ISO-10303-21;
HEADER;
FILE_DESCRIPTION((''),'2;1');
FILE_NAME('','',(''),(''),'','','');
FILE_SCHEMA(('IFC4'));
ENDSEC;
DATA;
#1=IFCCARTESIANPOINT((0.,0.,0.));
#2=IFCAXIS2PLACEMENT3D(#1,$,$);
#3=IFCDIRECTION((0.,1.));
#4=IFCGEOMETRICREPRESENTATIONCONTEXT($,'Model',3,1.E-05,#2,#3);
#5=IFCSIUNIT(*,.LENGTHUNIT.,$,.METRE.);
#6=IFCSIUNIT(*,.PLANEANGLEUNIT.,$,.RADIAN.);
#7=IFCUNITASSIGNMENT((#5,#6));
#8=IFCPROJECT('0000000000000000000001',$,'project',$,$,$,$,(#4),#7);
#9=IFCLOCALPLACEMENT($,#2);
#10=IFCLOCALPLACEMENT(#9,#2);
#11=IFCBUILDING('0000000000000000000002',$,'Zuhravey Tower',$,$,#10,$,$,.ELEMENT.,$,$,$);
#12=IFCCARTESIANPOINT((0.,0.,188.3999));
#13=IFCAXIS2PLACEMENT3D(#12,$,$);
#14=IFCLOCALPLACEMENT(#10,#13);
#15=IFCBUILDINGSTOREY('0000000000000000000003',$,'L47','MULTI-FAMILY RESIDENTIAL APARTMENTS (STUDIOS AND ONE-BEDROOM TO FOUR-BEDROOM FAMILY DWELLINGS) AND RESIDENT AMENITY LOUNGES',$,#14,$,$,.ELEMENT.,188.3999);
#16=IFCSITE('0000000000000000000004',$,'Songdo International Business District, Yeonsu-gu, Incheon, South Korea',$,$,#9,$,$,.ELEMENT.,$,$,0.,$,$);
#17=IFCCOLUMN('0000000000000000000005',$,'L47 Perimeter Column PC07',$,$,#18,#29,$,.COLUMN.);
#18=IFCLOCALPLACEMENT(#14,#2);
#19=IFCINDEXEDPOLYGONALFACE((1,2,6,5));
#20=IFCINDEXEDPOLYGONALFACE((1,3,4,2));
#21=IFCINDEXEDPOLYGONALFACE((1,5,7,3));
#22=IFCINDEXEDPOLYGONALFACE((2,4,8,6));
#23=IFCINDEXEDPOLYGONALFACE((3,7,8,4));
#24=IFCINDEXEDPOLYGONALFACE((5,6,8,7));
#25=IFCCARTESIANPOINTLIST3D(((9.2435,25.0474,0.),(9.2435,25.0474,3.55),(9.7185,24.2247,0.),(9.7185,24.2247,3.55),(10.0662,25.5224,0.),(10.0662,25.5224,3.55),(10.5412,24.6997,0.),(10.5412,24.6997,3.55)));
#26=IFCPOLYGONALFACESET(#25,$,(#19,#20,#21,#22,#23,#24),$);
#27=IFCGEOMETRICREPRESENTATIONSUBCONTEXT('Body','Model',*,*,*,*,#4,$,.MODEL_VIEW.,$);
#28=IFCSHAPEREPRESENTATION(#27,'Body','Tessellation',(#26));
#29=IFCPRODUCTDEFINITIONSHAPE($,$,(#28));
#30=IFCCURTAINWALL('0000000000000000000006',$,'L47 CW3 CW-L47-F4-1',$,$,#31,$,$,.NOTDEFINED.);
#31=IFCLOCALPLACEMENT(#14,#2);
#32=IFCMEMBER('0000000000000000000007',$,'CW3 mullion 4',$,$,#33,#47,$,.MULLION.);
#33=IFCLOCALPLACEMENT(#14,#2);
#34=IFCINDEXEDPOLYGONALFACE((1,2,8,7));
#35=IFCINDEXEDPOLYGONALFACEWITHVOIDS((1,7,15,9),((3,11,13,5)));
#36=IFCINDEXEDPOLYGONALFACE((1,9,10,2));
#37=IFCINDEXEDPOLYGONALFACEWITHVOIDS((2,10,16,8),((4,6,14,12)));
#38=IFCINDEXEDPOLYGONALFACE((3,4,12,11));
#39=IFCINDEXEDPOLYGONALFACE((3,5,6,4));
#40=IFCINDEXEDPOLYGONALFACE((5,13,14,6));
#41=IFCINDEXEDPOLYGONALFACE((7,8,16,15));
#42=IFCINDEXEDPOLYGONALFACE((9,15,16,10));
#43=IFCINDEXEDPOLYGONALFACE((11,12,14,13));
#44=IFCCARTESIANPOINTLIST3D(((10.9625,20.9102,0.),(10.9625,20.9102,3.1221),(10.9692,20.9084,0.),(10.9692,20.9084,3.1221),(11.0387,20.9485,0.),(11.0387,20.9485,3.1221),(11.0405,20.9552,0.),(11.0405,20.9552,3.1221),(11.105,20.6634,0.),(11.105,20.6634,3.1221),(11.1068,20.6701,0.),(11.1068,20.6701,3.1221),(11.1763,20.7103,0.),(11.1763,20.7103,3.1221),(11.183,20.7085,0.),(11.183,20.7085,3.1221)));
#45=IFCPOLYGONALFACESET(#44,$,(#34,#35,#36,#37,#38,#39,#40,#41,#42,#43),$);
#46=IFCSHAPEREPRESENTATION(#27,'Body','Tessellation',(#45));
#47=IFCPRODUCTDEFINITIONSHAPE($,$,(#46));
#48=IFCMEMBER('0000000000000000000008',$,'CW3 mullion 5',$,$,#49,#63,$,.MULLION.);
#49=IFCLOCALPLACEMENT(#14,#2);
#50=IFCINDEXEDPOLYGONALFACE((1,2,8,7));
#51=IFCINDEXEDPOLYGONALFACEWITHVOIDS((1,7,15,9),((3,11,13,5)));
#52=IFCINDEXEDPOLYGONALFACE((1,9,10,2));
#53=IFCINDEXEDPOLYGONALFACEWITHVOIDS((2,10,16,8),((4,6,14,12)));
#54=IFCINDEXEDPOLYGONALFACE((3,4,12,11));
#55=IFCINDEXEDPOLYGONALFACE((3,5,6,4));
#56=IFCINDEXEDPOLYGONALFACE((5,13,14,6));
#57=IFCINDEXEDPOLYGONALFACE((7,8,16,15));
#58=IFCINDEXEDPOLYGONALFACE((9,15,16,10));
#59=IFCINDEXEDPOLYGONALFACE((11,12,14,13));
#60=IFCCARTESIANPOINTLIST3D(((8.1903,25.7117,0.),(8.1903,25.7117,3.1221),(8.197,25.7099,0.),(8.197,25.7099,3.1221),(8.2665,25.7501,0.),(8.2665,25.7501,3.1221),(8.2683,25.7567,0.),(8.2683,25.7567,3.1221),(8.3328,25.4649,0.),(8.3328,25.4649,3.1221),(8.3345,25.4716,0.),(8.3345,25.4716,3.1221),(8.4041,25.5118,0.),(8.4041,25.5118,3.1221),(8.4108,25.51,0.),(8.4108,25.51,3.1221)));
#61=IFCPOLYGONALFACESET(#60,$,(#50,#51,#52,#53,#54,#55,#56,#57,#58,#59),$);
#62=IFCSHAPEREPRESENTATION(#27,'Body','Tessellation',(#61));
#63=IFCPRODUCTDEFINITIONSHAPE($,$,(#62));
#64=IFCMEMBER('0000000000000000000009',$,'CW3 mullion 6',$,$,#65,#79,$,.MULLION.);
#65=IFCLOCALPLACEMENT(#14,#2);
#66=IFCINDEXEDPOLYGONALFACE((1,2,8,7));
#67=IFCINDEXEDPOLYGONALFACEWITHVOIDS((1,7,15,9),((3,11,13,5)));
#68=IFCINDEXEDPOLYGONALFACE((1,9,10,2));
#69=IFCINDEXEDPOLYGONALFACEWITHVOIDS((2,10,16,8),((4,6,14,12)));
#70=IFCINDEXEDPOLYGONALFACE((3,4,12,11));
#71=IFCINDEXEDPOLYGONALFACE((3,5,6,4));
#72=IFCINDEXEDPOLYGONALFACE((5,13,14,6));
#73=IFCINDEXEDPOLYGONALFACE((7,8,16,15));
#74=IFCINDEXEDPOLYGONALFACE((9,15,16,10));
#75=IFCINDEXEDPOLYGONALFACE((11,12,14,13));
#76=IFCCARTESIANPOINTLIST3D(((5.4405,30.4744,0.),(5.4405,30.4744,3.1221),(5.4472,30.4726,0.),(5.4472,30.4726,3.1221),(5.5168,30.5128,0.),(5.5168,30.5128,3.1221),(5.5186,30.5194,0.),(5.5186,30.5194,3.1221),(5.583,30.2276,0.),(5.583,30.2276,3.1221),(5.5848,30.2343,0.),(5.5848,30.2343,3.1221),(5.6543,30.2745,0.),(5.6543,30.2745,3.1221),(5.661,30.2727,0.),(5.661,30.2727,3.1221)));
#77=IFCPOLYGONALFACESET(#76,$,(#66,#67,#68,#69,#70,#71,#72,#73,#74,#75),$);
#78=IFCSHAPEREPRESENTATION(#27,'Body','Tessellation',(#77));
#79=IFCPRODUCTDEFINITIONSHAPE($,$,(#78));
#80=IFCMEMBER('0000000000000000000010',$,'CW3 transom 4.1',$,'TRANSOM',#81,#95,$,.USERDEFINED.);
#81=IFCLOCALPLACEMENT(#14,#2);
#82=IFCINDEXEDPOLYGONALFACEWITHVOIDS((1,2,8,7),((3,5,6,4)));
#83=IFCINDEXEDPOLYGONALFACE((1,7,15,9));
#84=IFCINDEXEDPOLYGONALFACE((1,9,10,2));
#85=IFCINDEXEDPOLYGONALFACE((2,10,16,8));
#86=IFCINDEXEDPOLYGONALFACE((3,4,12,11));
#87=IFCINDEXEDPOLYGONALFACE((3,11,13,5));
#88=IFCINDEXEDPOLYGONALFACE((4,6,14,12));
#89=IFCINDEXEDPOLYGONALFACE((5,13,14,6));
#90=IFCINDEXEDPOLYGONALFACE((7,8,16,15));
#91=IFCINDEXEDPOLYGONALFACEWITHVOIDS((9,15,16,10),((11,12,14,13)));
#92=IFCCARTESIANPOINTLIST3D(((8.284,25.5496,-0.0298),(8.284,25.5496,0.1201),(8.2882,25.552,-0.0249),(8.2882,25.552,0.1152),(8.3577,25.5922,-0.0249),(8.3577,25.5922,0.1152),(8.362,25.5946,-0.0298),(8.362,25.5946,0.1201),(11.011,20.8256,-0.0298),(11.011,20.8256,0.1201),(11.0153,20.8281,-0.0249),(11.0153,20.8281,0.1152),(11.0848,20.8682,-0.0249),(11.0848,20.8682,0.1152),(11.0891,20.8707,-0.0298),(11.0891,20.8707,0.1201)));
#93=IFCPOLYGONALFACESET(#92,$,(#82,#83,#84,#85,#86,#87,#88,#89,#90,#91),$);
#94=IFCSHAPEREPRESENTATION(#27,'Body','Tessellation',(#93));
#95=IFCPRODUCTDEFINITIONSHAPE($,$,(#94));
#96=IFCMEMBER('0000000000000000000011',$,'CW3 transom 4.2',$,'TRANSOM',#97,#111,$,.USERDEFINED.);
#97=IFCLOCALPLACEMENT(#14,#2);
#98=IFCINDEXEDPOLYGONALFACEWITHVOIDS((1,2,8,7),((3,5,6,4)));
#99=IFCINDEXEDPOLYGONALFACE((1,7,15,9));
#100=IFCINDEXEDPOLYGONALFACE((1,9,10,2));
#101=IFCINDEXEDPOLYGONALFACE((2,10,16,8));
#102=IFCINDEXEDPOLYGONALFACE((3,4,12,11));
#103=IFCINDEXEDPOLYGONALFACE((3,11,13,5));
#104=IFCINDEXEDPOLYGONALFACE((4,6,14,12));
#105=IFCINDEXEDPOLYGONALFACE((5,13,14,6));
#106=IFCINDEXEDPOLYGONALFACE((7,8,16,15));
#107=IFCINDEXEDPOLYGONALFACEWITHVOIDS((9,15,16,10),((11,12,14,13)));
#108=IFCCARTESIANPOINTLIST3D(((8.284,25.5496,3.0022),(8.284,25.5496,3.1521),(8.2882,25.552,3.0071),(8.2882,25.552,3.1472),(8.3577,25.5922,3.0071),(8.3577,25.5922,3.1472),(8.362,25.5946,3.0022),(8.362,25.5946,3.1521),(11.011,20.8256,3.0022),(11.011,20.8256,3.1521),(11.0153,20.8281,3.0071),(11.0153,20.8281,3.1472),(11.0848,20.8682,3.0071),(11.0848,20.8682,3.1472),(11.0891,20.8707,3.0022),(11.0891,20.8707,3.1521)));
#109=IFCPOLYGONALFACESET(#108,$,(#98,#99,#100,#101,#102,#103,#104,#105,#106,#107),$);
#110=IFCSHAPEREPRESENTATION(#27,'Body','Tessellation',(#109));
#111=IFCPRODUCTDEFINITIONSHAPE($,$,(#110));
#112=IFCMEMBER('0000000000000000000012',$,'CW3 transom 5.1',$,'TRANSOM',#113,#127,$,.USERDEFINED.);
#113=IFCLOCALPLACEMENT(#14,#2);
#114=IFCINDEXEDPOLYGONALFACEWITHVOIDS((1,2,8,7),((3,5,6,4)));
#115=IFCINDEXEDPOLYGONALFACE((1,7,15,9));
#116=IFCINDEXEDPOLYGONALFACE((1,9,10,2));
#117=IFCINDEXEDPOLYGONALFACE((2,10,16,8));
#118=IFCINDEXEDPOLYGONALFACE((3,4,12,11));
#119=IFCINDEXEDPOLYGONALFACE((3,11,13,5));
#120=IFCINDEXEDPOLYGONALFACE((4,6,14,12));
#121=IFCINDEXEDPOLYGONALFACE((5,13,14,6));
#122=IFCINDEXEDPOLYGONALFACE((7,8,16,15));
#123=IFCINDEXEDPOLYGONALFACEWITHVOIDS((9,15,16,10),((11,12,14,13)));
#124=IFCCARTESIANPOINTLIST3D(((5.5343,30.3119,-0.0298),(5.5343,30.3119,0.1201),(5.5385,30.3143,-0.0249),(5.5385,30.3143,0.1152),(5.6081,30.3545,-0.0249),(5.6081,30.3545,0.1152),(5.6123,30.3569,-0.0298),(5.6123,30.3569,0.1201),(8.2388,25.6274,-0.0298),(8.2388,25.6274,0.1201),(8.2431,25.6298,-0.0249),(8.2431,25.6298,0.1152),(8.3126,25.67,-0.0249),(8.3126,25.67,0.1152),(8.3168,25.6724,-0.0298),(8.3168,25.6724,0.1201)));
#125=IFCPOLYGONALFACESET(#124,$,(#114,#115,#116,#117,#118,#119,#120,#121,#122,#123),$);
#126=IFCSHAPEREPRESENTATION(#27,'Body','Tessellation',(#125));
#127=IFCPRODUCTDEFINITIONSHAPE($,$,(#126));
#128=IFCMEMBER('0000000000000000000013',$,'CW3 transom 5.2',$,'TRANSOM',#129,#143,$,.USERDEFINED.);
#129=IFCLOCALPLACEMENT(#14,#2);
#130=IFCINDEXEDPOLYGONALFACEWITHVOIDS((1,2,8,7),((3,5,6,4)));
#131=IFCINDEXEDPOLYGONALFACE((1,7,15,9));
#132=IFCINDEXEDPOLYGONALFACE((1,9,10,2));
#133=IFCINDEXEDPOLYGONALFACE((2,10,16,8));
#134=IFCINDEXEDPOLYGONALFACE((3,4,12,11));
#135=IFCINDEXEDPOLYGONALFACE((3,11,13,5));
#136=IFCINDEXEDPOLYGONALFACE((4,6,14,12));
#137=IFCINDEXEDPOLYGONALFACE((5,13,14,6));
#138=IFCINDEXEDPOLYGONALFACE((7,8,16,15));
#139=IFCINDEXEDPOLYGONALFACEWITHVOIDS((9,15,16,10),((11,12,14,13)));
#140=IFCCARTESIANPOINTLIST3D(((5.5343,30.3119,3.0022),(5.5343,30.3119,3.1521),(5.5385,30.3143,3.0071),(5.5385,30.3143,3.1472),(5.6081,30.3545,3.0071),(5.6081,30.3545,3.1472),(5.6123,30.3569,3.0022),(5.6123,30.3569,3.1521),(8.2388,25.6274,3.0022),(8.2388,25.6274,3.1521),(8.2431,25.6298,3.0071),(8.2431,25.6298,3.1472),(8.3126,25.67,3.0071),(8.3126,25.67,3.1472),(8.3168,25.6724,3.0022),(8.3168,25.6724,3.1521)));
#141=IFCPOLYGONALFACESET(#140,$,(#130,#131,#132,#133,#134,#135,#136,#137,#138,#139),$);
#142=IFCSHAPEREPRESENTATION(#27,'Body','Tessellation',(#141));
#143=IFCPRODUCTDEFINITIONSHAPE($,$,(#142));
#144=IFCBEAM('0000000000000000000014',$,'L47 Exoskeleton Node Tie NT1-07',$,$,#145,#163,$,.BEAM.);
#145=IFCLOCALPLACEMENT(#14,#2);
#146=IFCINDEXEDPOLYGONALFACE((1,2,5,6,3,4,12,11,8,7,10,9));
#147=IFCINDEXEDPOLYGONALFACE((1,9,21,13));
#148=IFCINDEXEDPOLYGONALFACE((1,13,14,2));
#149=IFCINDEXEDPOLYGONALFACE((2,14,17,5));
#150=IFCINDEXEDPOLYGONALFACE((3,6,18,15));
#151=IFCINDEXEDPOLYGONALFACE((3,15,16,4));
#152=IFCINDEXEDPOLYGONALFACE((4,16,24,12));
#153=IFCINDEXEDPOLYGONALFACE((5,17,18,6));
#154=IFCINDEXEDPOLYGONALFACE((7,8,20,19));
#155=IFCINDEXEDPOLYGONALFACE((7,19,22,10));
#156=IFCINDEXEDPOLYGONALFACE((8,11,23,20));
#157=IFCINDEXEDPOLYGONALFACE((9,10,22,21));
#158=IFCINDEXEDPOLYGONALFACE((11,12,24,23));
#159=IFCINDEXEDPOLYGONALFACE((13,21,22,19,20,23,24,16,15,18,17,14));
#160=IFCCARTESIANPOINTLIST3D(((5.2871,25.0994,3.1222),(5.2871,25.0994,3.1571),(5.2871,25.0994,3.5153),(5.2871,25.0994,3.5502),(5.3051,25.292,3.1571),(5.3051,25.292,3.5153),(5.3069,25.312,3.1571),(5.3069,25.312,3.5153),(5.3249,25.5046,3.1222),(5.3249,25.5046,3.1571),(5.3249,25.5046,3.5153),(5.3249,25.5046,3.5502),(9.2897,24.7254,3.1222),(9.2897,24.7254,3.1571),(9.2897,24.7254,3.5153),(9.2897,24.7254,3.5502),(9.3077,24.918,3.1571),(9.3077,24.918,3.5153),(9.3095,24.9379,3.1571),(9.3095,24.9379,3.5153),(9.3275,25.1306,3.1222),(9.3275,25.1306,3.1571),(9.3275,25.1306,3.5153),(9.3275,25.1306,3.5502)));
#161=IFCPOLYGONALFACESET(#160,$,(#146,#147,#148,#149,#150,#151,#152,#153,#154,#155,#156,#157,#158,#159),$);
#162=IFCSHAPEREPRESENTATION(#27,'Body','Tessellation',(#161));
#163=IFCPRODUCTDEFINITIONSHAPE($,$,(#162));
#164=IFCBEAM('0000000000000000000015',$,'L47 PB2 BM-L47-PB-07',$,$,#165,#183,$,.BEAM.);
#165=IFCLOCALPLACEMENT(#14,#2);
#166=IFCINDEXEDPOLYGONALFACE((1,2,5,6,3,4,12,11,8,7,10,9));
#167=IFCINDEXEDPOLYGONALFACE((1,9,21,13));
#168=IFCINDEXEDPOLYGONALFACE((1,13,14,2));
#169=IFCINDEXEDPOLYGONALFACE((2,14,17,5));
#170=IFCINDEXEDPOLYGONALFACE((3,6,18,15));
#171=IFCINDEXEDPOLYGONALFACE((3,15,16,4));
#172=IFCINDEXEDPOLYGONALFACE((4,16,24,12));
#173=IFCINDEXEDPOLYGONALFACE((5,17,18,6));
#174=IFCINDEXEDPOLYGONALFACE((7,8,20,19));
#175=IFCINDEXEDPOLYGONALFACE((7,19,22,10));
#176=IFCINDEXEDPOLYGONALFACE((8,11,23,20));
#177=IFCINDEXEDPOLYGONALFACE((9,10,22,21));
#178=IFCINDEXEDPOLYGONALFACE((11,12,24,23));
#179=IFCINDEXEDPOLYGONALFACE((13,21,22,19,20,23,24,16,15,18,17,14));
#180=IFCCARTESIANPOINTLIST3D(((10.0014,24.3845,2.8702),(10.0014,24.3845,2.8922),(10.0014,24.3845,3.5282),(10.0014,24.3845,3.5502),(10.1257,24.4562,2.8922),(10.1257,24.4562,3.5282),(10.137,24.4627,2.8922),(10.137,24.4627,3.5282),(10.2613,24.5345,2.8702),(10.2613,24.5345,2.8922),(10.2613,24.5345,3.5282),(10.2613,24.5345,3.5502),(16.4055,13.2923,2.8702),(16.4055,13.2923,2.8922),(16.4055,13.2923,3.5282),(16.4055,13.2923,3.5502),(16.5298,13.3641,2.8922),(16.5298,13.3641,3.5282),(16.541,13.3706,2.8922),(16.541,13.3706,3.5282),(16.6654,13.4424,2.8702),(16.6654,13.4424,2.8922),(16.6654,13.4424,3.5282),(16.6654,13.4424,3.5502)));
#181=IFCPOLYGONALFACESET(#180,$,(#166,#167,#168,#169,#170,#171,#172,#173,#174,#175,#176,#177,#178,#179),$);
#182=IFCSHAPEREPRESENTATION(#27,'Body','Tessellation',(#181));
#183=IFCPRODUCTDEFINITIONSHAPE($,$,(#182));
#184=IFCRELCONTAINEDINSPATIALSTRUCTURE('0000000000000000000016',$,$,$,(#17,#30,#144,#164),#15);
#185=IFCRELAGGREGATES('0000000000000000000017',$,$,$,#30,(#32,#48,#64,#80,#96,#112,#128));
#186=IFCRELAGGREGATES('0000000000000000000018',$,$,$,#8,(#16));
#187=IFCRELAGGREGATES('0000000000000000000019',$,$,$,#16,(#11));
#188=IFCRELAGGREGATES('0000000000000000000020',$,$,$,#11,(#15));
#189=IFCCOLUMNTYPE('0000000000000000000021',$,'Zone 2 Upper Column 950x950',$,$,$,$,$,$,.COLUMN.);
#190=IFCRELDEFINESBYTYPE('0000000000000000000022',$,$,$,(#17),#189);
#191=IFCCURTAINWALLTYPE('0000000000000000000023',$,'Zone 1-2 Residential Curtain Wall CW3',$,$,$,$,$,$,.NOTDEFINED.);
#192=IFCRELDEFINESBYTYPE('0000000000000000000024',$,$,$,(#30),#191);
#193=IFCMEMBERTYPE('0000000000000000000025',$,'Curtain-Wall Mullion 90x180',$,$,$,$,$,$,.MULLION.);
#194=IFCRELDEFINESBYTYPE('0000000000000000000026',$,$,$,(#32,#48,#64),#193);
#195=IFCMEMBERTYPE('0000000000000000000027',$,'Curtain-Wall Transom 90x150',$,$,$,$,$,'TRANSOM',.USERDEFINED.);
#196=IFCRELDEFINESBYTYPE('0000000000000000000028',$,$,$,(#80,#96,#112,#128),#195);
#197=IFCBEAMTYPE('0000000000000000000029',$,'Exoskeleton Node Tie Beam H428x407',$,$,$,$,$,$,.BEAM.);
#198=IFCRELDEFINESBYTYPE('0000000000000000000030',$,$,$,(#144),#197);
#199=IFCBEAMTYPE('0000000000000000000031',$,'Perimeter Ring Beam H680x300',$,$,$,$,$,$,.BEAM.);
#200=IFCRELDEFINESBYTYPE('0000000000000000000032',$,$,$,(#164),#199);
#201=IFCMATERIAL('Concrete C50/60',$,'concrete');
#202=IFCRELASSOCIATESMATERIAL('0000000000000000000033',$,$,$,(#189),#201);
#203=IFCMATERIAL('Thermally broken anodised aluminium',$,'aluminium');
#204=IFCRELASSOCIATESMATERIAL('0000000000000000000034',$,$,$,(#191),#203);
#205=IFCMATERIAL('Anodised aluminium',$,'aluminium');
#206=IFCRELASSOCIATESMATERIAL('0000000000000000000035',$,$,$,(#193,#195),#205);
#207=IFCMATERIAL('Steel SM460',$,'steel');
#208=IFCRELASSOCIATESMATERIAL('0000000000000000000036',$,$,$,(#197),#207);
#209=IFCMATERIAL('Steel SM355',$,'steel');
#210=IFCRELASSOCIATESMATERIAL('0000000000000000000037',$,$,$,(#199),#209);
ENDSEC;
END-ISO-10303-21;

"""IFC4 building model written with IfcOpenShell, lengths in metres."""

from ifc_helpers import new_model, si_unit, direction, frame, origin, origin_2d, place, context, subcontext, project, spatial, rectangle, hollow_rectangle, i_section, extrude, material, material_profile, profile_set, type_object, element, aggregate, save


model = new_model("IFC4")

# Units and contexts
model_context = context("Model", 3, precision=1e-05, world=origin(), true_north=direction((0.0, 1.0)))
body_context = subcontext(model_context, "Body", "Model", "MODEL_VIEW")
ifc_project = project(units=[si_unit("LENGTHUNIT", "METRE"), si_unit("PLANEANGLEUNIT", "RADIAN")], contexts=[model_context])

# Site, building, storey
site_placement = place(None, origin())
site = spatial("IfcSite", under=ifc_project, at=site_placement, Name="Songdo International Business District, Yeonsu-gu, Incheon, South Korea", CompositionType="ELEMENT", RefElevation=0.0)
building_placement = place(site_placement, origin())
building = spatial("IfcBuilding", under=site, at=building_placement, Name="Zuhravey Tower", CompositionType="ELEMENT")
storey_placement = place(building_placement, frame((0.0, 0.0, 188.3999)))
storey = spatial("IfcBuildingStorey", under=building, at=storey_placement, Name="L47", Description="MULTI-FAMILY RESIDENTIAL APARTMENTS (STUDIOS AND ONE-BEDROOM TO FOUR-BEDROOM FAMILY DWELLINGS) AND RESIDENT AMENITY LOUNGES", CompositionType="ELEMENT", Elevation=188.3999)

# Column
ifc_material_1 = material(Name="Concrete C50/60", Category="concrete")
ifc_material_profile_1 = material_profile(ifc_material_1, rectangle(XDim=0.95, YDim=0.95, at=origin_2d()), Name="RC-950x950")
ifc_profile_set_1 = profile_set([ifc_material_profile_1], Name="Concrete C50/60")
column_type = type_object("IfcColumnType", Name="Zone 2 Upper Column 950x950", PredefinedType="COLUMN", material=ifc_profile_set_1)
column_placement = place(storey_placement, frame((9.8923, 24.8735, 0.0), z_axis=(0.0, 0.0, 1.0), x_axis=(0.5, -0.866025, 0.0)))
element("IfcColumn", 1, at=column_placement, inside=storey, type_object=column_type, Name="L47 Perimeter Column PC07", PredefinedType="COLUMN", context=body_context, shape_type="SweptSolid", body=[
    extrude(rectangle(XDim=0.95, YDim=0.95, at=origin_2d()), origin(), (0.0, 0.0, 1.0), 3.55),
])

# Curtain wall, members
ifc_material_2 = material(Name="Thermally broken anodised aluminium", Category="aluminium")
curtain_wall_type = type_object("IfcCurtainWallType", Name="Zone 1-2 Residential Curtain Wall CW3", PredefinedType="NOTDEFINED", material=ifc_material_2)
curtain_wall_placement = place(storey_placement, origin())
curtain_wall = element("IfcCurtainWall", 2, at=curtain_wall_placement, inside=storey, type_object=curtain_wall_type, Name="L47 CW3 CW-L47-F4-1", PredefinedType="NOTDEFINED")
ifc_material_3 = material(Name="Anodised aluminium", Category="aluminium")
ifc_material_profile_2 = material_profile(ifc_material_3, hollow_rectangle(XDim=0.0901, YDim=0.2849, WallThickness=0.0049, at=origin_2d()), Name="ALU-RHS-90x285x5")
ifc_profile_set_2 = profile_set([ifc_material_profile_2], Name="Anodised aluminium")
member_type_1 = type_object("IfcMemberType", Name="Curtain-Wall Mullion 90x180", PredefinedType="MULLION", material=ifc_profile_set_2)
member_1_placement = place(storey_placement, frame((11.0728, 20.8093, 0.0), z_axis=(0.0, 0.0, 1.0), x_axis=(-0.866025, -0.5, 0.0)))
member_1 = element("IfcMember", 3, at=member_1_placement, type_object=member_type_1, Name="CW3 mullion 4", PredefinedType="MULLION", context=body_context, shape_type="SweptSolid", body=[
    extrude(hollow_rectangle(XDim=0.0901, YDim=0.2849, WallThickness=0.0049, at=origin_2d()), origin(), (0.0, 0.0, 1.0), 3.1221),
])
member_2_placement = place(storey_placement, frame((8.3005, 25.6108, 0.0), z_axis=(0.0, 0.0, 1.0), x_axis=(-0.866025, -0.5, 0.0)))
member_2 = element("IfcMember", 4, at=member_2_placement, type_object=member_type_1, Name="CW3 mullion 5", PredefinedType="MULLION", context=body_context, shape_type="SweptSolid", body=[
    extrude(hollow_rectangle(XDim=0.0901, YDim=0.2849, WallThickness=0.0049, at=origin_2d()), origin(), (0.0, 0.0, 1.0), 3.1221),
])
member_3_placement = place(storey_placement, frame((5.5508, 30.3735, 0.0), z_axis=(0.0, 0.0, 1.0), x_axis=(-0.866025, -0.5, 0.0)))
member_3 = element("IfcMember", 5, at=member_3_placement, type_object=member_type_1, Name="CW3 mullion 6", PredefinedType="MULLION", context=body_context, shape_type="SweptSolid", body=[
    extrude(hollow_rectangle(XDim=0.0901, YDim=0.2849, WallThickness=0.0049, at=origin_2d()), origin(), (0.0, 0.0, 1.0), 3.1221),
])
ifc_material_profile_3 = material_profile(ifc_material_3, hollow_rectangle(XDim=0.0901, YDim=0.1499, WallThickness=0.0049, at=origin_2d()), Name="ALU-RHS-90x150x5")
ifc_profile_set_3 = profile_set([ifc_material_profile_3], Name="Anodised aluminium")
member_type_2 = type_object("IfcMemberType", Name="Curtain-Wall Transom 90x150", ElementType="TRANSOM", PredefinedType="USERDEFINED", material=ifc_profile_set_3)
member_4_placement = place(storey_placement, frame((11.05, 20.8481, 0.0452), z_axis=(-0.499961, 0.866048, 0.0), x_axis=(-0.866048, -0.499961, 0.0)))
member_4 = element("IfcMember", 6, at=member_4_placement, type_object=member_type_2, Name="CW3 transom 4.1", ObjectType="TRANSOM", PredefinedType="USERDEFINED", context=body_context, shape_type="SweptSolid", body=[
    extrude(hollow_rectangle(XDim=0.0901, YDim=0.1499, WallThickness=0.0049, at=origin_2d()), origin(), (0.0, 0.0, 1.0), 5.4546),
])
member_5_placement = place(storey_placement, frame((11.05, 20.8481, 3.0771), z_axis=(-0.499961, 0.866048, 0.0), x_axis=(-0.866048, -0.499961, 0.0)))
member_5 = element("IfcMember", 7, at=member_5_placement, type_object=member_type_2, Name="CW3 transom 4.2", ObjectType="TRANSOM", PredefinedType="USERDEFINED", context=body_context, shape_type="SweptSolid", body=[
    extrude(hollow_rectangle(XDim=0.0901, YDim=0.1499, WallThickness=0.0049, at=origin_2d()), origin(), (0.0, 0.0, 1.0), 5.4546),
])
member_6_placement = place(storey_placement, frame((8.2778, 25.6499, 0.0452), z_axis=(-0.499993, 0.866029, 0.0), x_axis=(-0.866029, -0.499993, 0.0)))
member_6 = element("IfcMember", 8, at=member_6_placement, type_object=member_type_2, Name="CW3 transom 5.1", ObjectType="TRANSOM", PredefinedType="USERDEFINED", context=body_context, shape_type="SweptSolid", body=[
    extrude(hollow_rectangle(XDim=0.0901, YDim=0.1499, WallThickness=0.0049, at=origin_2d()), origin(), (0.0, 0.0, 1.0), 5.4092),
])
member_7_placement = place(storey_placement, frame((8.2778, 25.6499, 3.0771), z_axis=(-0.499993, 0.866029, 0.0), x_axis=(-0.866029, -0.499993, 0.0)))
member_7 = element("IfcMember", 9, at=member_7_placement, type_object=member_type_2, Name="CW3 transom 5.2", ObjectType="TRANSOM", PredefinedType="USERDEFINED", context=body_context, shape_type="SweptSolid", body=[
    extrude(hollow_rectangle(XDim=0.0901, YDim=0.1499, WallThickness=0.0049, at=origin_2d()), origin(), (0.0, 0.0, 1.0), 5.4092),
])

# Beams
ifc_material_4 = material(Name="Steel SM460", Category="steel")
ifc_material_profile_4 = material_profile(ifc_material_4, i_section(OverallWidth=0.407, OverallDepth=0.428, WebThickness=0.02, FlangeThickness=0.0349, at=origin_2d()), Name="H-428x407x20x35")
ifc_profile_set_4 = profile_set([ifc_material_profile_4], Name="Steel SM460")
beam_type_1 = type_object("IfcBeamType", Name="Exoskeleton Node Tie Beam H428x407", PredefinedType="BEAM", material=ifc_profile_set_4)
beam_1_placement = place(storey_placement, frame((9.3086, 24.928, 3.3362), z_axis=(-0.995663, 0.093038, 0.0), x_axis=(-0.093038, -0.995663, 0.0)))
element("IfcBeam", 10, at=beam_1_placement, inside=storey, type_object=beam_type_1, Name="L47 Exoskeleton Node Tie NT1-07", PredefinedType="BEAM", context=body_context, shape_type="SweptSolid", body=[
    extrude(i_section(OverallWidth=0.407, OverallDepth=0.428, WebThickness=0.02, FlangeThickness=0.0349, at=origin_2d()), origin(), (0.0, 0.0, 1.0), 4.02),
])
ifc_material_5 = material(Name="Steel SM355", Category="steel")
ifc_material_profile_5 = material_profile(ifc_material_5, i_section(OverallWidth=0.3, OverallDepth=0.6799, WebThickness=0.0129, FlangeThickness=0.022, at=origin_2d()), Name="H-680x300x13x22")
ifc_profile_set_5 = profile_set([ifc_material_profile_5], Name="Steel SM355")
beam_type_2 = type_object("IfcBeamType", Name="Perimeter Ring Beam H680x300", PredefinedType="BEAM", material=ifc_profile_set_5)
beam_2_placement = place(storey_placement, frame((10.1313, 24.4595, 3.2102), z_axis=(0.500004, -0.866023, 0.0), x_axis=(0.866023, 0.500004, 0.0)))
element("IfcBeam", 11, at=beam_2_placement, inside=storey, type_object=beam_type_2, Name="L47 PB2 BM-L47-PB-07", PredefinedType="BEAM", context=body_context, shape_type="SweptSolid", body=[
    extrude(i_section(OverallWidth=0.3, OverallDepth=0.6799, WebThickness=0.0129, FlangeThickness=0.022, at=origin_2d()), origin(), (0.0, 0.0, 1.0), 12.8081),
])

aggregate(curtain_wall, [member_1, member_2, member_3, member_4, member_5, member_6, member_7])

save(model, "model.ifc")
